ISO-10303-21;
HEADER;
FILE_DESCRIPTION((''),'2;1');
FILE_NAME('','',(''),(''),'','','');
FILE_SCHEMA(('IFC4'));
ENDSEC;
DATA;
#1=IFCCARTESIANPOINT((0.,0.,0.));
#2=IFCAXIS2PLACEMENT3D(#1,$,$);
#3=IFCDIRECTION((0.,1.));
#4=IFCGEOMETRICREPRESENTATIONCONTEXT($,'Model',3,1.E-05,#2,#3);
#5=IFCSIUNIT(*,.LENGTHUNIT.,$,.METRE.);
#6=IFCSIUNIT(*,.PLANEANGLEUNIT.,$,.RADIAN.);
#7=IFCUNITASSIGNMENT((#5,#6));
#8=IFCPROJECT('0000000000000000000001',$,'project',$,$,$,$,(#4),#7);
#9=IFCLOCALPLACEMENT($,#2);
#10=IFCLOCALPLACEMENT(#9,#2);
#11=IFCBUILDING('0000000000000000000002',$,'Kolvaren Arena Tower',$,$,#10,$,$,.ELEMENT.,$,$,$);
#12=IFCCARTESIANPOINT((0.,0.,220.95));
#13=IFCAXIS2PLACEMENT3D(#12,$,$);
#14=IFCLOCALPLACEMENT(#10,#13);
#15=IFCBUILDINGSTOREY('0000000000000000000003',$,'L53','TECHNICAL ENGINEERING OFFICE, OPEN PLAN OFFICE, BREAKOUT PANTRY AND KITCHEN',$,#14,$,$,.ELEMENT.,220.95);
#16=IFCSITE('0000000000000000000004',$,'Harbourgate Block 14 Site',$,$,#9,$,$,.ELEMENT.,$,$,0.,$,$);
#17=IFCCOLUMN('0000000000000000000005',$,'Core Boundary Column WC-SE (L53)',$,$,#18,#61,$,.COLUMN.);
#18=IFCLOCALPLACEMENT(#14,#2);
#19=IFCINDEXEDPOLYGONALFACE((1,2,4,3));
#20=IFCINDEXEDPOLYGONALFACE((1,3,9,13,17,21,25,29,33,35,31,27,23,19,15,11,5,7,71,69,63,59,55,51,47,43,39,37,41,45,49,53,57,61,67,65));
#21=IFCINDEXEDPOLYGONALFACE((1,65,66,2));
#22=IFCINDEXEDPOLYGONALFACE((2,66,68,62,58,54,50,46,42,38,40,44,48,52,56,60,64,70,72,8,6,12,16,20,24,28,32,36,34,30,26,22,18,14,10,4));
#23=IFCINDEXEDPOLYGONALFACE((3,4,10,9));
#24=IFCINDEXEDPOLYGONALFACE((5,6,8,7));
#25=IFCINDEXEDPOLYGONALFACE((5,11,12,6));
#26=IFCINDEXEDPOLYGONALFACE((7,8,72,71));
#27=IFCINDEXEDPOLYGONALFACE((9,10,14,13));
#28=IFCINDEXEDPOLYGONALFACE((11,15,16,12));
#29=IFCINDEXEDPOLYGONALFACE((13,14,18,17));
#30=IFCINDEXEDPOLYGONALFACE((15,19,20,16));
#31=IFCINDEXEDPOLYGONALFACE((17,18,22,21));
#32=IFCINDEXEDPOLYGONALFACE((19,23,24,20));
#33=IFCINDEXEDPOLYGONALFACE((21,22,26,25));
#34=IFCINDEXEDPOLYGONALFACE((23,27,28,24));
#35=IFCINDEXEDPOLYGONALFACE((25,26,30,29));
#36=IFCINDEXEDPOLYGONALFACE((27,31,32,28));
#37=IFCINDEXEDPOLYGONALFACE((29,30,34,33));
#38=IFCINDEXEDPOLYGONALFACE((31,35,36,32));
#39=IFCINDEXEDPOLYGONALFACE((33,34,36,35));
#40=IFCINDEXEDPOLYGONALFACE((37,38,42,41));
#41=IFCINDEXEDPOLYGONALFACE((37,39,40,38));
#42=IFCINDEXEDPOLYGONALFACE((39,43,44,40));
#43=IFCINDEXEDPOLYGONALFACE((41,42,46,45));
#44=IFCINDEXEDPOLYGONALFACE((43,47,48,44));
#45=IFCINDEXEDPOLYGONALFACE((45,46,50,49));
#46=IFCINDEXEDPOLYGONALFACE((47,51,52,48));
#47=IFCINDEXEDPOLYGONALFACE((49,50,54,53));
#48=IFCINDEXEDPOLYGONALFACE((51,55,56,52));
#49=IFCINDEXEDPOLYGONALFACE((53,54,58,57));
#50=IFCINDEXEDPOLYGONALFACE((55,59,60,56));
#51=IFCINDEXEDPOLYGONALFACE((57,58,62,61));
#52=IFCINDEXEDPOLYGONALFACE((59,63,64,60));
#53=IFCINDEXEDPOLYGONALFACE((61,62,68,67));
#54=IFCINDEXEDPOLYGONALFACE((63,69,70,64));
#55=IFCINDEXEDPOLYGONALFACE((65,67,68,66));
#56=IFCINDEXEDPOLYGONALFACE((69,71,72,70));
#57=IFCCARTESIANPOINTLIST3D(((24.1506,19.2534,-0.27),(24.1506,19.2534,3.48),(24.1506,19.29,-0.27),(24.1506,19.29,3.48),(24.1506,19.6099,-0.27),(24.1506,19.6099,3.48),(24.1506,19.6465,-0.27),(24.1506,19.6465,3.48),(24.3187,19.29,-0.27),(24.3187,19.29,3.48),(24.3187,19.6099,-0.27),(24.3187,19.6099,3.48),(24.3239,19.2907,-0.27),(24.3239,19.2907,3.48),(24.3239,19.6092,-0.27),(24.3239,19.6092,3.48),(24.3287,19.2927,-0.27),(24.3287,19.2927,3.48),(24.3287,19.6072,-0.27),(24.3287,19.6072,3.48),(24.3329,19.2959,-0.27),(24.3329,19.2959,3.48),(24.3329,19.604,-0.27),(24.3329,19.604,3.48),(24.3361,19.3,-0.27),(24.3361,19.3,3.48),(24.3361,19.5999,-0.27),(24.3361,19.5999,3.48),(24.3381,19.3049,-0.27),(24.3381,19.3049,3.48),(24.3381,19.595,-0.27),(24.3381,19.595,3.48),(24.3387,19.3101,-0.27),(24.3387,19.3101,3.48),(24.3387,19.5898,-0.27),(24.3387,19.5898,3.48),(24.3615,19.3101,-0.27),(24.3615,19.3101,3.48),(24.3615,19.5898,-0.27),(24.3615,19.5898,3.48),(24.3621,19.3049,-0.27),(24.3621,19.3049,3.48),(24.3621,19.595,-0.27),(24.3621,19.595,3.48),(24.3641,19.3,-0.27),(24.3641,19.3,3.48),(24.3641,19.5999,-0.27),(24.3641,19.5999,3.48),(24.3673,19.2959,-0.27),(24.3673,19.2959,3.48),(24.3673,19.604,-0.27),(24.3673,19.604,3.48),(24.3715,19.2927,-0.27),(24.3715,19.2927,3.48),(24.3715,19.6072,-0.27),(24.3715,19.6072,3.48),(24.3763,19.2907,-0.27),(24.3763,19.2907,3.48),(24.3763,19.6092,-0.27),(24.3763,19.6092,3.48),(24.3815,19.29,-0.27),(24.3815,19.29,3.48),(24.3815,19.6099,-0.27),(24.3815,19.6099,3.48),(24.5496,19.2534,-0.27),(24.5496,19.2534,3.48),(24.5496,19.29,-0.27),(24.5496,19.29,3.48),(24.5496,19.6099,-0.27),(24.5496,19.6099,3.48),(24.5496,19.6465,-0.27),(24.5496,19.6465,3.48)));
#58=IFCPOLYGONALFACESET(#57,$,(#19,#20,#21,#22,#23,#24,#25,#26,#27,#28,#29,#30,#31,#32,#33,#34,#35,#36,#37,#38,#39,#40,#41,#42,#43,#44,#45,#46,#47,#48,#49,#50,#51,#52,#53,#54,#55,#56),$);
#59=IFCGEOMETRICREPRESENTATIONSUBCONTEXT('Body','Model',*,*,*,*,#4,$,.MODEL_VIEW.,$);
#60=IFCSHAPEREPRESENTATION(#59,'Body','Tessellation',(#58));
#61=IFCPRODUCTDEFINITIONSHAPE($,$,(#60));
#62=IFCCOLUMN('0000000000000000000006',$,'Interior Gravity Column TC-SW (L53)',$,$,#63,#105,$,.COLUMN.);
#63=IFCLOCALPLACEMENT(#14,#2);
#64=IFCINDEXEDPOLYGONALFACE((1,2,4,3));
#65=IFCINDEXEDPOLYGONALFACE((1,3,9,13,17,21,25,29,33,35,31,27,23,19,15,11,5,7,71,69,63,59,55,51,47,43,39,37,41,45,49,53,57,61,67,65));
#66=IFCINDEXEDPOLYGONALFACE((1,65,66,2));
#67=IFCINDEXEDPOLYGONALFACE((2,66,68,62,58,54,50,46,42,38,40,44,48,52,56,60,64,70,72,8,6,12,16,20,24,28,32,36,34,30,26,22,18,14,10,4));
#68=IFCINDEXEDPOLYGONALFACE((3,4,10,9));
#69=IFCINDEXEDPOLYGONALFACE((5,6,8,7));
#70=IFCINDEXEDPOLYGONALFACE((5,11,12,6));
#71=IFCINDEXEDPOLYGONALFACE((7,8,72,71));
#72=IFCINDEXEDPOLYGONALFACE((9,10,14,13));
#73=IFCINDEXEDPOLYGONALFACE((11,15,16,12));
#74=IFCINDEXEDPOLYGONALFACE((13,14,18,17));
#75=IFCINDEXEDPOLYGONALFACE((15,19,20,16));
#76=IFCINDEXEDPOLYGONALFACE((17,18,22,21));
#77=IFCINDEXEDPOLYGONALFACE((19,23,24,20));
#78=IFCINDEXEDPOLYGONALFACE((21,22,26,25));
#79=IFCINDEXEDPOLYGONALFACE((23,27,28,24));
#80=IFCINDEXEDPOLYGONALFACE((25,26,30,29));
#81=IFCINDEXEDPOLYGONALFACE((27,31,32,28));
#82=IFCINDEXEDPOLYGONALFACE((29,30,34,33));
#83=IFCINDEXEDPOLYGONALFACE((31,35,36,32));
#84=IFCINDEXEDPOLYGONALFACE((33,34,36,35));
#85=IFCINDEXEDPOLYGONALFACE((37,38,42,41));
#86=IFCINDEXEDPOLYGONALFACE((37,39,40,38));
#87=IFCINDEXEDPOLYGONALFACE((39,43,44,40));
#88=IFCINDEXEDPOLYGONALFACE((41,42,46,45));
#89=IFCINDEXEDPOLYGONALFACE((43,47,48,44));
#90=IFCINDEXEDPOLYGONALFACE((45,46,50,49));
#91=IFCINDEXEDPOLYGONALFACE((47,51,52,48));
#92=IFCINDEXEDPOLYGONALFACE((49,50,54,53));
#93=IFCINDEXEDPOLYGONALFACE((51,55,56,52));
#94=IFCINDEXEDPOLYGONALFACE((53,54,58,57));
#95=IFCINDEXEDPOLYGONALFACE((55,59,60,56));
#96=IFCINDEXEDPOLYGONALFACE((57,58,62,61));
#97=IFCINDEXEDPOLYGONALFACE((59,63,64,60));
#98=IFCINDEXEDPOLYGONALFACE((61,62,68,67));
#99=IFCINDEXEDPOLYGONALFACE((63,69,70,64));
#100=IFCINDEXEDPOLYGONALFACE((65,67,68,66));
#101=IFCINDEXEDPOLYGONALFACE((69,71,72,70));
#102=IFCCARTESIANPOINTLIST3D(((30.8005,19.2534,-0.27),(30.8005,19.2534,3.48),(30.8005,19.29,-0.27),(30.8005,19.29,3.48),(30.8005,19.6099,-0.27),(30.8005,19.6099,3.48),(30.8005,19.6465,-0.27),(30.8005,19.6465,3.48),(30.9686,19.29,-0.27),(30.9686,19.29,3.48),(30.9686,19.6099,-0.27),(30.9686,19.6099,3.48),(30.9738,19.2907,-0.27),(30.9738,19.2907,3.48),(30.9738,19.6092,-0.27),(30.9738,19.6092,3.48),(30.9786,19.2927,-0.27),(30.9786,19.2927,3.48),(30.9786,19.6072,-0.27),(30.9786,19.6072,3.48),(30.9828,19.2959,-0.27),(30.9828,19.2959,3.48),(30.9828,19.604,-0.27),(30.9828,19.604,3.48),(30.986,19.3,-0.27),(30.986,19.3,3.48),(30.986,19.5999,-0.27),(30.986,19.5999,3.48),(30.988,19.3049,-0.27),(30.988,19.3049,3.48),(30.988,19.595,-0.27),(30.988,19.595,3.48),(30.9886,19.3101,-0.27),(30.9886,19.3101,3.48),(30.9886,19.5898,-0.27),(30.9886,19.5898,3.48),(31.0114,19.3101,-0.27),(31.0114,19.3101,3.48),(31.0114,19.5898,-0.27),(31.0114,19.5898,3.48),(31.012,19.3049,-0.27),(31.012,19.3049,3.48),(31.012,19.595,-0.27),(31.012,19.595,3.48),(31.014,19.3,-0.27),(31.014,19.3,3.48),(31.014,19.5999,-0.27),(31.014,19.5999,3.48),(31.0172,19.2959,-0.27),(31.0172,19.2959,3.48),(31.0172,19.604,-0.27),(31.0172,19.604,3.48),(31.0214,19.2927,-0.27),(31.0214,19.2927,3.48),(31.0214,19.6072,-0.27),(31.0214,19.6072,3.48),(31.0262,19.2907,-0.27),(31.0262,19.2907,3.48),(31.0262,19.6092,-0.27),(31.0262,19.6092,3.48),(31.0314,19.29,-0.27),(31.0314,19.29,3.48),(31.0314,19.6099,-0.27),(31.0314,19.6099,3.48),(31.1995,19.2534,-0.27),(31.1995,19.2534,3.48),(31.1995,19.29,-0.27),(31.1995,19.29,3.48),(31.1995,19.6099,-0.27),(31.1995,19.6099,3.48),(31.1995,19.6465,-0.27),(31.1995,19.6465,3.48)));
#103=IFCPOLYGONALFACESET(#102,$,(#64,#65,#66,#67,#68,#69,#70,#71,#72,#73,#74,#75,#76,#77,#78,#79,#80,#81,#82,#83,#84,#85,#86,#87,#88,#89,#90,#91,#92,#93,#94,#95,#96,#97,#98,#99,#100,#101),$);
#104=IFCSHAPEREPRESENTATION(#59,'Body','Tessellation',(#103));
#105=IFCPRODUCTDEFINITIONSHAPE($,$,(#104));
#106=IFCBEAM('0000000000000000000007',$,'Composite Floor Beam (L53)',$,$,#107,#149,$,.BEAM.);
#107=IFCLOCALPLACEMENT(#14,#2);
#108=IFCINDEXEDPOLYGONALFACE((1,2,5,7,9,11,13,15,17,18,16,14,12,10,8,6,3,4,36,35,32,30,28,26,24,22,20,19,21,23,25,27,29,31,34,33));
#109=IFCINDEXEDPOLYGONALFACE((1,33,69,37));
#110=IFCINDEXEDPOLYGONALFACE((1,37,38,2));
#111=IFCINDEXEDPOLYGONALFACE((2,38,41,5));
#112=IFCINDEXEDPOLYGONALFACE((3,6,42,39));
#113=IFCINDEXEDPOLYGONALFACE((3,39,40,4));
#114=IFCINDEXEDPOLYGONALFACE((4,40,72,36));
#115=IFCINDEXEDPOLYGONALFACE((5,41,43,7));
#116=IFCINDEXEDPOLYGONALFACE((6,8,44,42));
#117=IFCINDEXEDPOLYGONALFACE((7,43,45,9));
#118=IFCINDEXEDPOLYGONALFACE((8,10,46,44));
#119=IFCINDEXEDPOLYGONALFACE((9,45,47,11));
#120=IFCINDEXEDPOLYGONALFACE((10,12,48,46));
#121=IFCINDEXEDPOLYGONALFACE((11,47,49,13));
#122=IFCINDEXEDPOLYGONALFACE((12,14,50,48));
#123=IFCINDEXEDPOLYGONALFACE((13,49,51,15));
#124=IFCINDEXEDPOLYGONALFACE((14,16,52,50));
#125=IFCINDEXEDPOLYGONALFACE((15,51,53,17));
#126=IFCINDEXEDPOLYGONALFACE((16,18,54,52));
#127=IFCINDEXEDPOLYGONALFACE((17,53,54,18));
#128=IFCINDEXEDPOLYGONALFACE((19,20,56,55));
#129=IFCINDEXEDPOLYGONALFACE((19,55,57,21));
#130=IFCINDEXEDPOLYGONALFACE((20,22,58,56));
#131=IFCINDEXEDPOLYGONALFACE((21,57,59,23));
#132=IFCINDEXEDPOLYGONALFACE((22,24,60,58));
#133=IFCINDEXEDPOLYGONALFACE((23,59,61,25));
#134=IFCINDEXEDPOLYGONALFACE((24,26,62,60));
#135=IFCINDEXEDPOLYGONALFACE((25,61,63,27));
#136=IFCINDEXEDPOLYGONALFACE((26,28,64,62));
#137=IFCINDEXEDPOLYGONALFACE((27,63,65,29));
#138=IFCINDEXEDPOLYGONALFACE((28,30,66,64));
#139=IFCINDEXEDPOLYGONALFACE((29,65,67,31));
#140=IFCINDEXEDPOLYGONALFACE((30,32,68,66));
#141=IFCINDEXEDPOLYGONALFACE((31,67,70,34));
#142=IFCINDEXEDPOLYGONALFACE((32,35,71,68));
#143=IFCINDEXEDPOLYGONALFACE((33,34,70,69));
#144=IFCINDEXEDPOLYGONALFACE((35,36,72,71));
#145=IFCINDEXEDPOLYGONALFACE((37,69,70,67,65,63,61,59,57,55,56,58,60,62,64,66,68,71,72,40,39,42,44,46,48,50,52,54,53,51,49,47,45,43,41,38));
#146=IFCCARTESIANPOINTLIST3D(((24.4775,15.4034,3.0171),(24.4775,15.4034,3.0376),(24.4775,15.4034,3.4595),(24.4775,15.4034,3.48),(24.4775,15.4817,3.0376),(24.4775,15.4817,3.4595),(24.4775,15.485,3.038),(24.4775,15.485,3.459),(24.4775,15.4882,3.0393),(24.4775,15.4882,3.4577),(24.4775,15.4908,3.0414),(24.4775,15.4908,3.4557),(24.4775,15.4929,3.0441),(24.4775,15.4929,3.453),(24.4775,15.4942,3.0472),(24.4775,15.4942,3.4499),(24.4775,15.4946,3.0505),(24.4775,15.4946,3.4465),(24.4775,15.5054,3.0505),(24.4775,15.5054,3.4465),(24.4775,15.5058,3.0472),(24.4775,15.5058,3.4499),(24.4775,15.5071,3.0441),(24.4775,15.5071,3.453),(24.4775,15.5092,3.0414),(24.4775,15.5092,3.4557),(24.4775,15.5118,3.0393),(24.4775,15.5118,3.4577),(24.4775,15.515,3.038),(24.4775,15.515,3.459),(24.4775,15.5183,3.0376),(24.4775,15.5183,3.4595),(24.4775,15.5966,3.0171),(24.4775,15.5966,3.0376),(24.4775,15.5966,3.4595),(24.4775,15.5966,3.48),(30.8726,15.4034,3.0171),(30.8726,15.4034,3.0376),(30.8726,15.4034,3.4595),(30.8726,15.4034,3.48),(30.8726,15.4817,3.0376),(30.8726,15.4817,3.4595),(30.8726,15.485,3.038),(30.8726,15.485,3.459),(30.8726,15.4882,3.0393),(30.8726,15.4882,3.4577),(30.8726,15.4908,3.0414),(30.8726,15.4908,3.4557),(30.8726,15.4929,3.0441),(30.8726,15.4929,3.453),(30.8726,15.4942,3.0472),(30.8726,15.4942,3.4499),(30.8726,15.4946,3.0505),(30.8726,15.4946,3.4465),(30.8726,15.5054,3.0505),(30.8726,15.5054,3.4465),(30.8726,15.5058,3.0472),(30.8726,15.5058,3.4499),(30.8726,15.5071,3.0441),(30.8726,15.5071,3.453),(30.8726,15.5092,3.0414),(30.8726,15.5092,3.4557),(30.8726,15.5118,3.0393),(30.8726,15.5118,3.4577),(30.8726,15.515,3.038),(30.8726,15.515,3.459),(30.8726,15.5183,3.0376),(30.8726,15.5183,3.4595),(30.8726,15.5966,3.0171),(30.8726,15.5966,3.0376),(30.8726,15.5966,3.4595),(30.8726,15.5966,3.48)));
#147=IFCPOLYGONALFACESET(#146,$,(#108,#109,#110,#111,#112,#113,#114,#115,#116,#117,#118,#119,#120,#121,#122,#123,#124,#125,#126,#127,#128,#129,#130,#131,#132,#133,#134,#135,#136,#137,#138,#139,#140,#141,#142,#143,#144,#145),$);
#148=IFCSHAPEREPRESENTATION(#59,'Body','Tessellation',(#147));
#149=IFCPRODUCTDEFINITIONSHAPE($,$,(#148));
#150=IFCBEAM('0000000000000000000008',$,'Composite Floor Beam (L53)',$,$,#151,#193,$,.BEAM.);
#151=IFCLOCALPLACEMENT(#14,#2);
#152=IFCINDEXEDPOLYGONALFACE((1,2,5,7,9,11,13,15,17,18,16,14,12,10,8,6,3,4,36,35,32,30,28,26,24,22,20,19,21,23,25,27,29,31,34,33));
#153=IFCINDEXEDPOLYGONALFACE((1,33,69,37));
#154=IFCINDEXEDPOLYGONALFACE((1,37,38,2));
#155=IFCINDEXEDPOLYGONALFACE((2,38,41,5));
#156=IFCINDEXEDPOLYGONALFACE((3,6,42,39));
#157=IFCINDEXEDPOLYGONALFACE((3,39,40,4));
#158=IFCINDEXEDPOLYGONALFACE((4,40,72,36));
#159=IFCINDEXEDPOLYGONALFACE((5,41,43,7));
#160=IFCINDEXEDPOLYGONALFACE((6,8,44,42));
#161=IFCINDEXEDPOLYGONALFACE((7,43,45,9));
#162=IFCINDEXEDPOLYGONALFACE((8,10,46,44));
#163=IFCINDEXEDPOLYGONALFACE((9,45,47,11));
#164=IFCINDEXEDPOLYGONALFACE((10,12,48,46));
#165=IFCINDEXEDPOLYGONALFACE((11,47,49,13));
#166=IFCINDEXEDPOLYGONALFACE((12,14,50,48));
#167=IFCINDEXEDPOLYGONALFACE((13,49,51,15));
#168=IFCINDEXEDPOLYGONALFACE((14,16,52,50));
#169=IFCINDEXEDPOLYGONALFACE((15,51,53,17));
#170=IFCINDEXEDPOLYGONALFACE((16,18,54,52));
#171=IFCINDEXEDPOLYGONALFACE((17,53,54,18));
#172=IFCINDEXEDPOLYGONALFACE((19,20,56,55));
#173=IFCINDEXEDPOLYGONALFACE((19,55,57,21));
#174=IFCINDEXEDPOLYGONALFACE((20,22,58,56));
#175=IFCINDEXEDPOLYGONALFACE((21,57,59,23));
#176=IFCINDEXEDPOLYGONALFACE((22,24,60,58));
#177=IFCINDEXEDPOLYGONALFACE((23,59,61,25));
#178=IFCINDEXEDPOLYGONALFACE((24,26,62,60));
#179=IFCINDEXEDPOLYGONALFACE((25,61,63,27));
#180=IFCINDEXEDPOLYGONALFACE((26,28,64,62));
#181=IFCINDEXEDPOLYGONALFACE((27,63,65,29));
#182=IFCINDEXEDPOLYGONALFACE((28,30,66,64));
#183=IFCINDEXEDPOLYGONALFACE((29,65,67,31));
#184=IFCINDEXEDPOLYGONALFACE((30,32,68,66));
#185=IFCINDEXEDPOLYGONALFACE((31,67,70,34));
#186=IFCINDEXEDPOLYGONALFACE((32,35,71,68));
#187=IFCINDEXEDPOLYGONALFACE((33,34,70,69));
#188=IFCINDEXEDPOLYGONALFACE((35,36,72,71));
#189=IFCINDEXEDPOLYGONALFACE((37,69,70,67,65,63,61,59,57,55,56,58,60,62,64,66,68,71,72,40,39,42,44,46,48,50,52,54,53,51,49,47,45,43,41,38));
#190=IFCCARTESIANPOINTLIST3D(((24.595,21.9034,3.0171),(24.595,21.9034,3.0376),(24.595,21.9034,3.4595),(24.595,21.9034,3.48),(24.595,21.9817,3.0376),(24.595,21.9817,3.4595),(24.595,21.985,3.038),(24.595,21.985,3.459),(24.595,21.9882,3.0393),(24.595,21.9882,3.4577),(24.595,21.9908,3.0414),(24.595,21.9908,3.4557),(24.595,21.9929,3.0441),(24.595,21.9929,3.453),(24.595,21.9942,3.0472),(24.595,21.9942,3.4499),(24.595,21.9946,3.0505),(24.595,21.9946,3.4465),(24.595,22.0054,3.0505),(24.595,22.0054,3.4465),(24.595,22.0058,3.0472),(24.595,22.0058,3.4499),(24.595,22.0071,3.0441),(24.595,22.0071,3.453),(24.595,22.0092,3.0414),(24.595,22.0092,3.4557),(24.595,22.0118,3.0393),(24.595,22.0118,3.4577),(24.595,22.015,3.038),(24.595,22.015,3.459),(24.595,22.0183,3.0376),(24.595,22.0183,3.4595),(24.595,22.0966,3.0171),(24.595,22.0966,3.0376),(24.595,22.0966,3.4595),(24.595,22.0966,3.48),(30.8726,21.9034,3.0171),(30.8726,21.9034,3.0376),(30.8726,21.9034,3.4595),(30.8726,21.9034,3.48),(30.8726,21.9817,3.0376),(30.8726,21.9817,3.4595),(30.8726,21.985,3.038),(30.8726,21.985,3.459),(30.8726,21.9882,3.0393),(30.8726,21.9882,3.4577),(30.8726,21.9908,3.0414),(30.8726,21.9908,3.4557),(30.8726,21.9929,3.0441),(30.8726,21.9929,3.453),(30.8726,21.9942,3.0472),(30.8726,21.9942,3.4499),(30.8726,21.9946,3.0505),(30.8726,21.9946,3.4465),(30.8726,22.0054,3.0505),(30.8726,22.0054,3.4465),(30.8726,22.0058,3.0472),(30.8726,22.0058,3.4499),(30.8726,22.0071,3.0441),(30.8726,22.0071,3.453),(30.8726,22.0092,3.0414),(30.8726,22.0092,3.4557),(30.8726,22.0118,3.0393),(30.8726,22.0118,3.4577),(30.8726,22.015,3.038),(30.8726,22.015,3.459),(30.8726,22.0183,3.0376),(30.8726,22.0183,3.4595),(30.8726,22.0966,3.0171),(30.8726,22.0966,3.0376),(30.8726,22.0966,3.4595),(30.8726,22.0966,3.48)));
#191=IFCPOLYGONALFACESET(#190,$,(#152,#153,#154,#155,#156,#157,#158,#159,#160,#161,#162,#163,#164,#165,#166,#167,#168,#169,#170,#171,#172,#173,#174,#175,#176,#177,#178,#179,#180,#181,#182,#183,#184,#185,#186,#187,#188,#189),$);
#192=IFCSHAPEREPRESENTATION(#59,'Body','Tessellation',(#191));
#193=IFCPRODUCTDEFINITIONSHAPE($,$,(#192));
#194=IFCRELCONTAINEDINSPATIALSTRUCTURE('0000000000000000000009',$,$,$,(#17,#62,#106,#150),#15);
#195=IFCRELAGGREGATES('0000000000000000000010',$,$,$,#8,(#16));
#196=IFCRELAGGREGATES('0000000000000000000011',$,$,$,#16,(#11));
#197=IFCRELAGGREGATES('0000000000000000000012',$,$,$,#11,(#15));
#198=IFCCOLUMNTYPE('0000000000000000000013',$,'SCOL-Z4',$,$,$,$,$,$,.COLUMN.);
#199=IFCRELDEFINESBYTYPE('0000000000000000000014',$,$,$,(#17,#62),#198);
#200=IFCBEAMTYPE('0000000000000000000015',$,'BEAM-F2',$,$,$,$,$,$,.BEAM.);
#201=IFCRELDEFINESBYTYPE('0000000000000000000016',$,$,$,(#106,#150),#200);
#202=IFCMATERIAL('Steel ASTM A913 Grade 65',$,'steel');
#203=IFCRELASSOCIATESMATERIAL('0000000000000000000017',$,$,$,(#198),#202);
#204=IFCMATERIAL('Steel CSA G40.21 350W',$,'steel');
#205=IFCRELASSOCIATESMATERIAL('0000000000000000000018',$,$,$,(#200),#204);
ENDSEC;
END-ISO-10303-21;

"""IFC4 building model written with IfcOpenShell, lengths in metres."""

from ifc_helpers import new_model, si_unit, direction, frame, origin, origin_2d, place, context, subcontext, project, spatial, i_section, extrude, material, material_profile, profile_set, type_object, element, save


model = new_model("IFC4")

# Units and contexts
model_context = context("Model", 3, precision=1e-05, world=origin(), true_north=direction((0.0, 1.0)))
body_context = subcontext(model_context, "Body", "Model", "MODEL_VIEW")
ifc_project = project(units=[si_unit("LENGTHUNIT", "METRE"), si_unit("PLANEANGLEUNIT", "RADIAN")], contexts=[model_context])

# Site, building, storey
site_placement = place(None, origin())
site = spatial("IfcSite", under=ifc_project, at=site_placement, Name="Harbourgate Block 14 Site", CompositionType="ELEMENT", RefElevation=0.0)
building_placement = place(site_placement, origin())
building = spatial("IfcBuilding", under=site, at=building_placement, Name="Kolvaren Arena Tower", CompositionType="ELEMENT")
storey_placement = place(building_placement, frame((0.0, 0.0, 220.95)))
storey = spatial("IfcBuildingStorey", under=building, at=storey_placement, Name="L53", Description="TECHNICAL ENGINEERING OFFICE, OPEN PLAN OFFICE, BREAKOUT PANTRY AND KITCHEN", CompositionType="ELEMENT", Elevation=220.95)

# Columns
ifc_material_1 = material(Name="Steel ASTM A913 Grade 65", Category="steel")
ifc_material_profile_1 = material_profile(ifc_material_1, i_section(OverallWidth=0.3989, OverallDepth=0.3931, WebThickness=0.0227, FlangeThickness=0.0366, FilletRadius=0.02, at=origin_2d()), Name="W360x287")
ifc_profile_set_1 = profile_set([ifc_material_profile_1], Name="Steel ASTM A913 Grade 65")
column_type = type_object("IfcColumnType", Name="SCOL-Z4", PredefinedType="COLUMN", material=ifc_profile_set_1)
for number, where, z_axis, x_axis, name in (
    (1, (24.3501, 19.45, -0.27), (0.0, 0.0, 1.0), (1.0, 0.0, 0.0), "Core Boundary Column WC-SE (L53)"),
    (2, (31.0, 19.45, -0.27), (0.0, 0.0, 1.0), (1.0, 0.0, 0.0), "Interior Gravity Column TC-SW (L53)"),
):
    element("IfcColumn", number, at=place(storey_placement, frame(where, z_axis=z_axis, x_axis=x_axis)), inside=storey, type_object=column_type, Name=name, PredefinedType="COLUMN", context=body_context, shape_type="SweptSolid", body=[
        extrude(i_section(OverallWidth=0.3989, OverallDepth=0.3931, WebThickness=0.0227, FlangeThickness=0.0366, FilletRadius=0.02, at=origin_2d()), origin(), (0.0, 0.0, 1.0), 3.75),
    ])

# Beams
ifc_material_2 = material(Name="Steel CSA G40.21 350W", Category="steel")
ifc_material_profile_2 = material_profile(ifc_material_2, i_section(OverallWidth=0.1931, OverallDepth=0.4629, WebThickness=0.0107, FlangeThickness=0.0205, FilletRadius=0.0129, at=origin_2d()), Name="W460x113")
ifc_profile_set_2 = profile_set([ifc_material_profile_2], Name="Steel CSA G40.21 350W")
beam_type_1 = type_object("IfcBeamType", Name="BEAM-F2", PredefinedType="BEAM", material=ifc_profile_set_2)
beam_1_placement = place(storey_placement, frame((24.4775, 15.5, 3.2485), z_axis=(1.0, 0.0, 0.0), x_axis=(0.0, 1.0, 0.0)))
element("IfcBeam", 3, at=beam_1_placement, inside=storey, type_object=beam_type_1, Name="Composite Floor Beam (L53)", PredefinedType="BEAM", context=body_context, shape_type="SweptSolid", body=[
    extrude(i_section(OverallWidth=0.1931, OverallDepth=0.4629, WebThickness=0.0107, FlangeThickness=0.0205, FilletRadius=0.0129, at=origin_2d()), origin(), (0.0, 0.0, 1.0), 6.395),
])
beam_2_placement = place(storey_placement, frame((24.595, 22.0, 3.2485), z_axis=(1.0, 0.0, 0.0), x_axis=(0.0, 1.0, 0.0)))
element("IfcBeam", 4, at=beam_2_placement, inside=storey, type_object=beam_type_1, Name="Composite Floor Beam (L53)", PredefinedType="BEAM", context=body_context, shape_type="SweptSolid", body=[
    extrude(i_section(OverallWidth=0.1931, OverallDepth=0.4629, WebThickness=0.0107, FlangeThickness=0.0205, FilletRadius=0.0129, at=origin_2d()), origin(), (0.0, 0.0, 1.0), 6.2776),
])

save(model, "model.ifc")
